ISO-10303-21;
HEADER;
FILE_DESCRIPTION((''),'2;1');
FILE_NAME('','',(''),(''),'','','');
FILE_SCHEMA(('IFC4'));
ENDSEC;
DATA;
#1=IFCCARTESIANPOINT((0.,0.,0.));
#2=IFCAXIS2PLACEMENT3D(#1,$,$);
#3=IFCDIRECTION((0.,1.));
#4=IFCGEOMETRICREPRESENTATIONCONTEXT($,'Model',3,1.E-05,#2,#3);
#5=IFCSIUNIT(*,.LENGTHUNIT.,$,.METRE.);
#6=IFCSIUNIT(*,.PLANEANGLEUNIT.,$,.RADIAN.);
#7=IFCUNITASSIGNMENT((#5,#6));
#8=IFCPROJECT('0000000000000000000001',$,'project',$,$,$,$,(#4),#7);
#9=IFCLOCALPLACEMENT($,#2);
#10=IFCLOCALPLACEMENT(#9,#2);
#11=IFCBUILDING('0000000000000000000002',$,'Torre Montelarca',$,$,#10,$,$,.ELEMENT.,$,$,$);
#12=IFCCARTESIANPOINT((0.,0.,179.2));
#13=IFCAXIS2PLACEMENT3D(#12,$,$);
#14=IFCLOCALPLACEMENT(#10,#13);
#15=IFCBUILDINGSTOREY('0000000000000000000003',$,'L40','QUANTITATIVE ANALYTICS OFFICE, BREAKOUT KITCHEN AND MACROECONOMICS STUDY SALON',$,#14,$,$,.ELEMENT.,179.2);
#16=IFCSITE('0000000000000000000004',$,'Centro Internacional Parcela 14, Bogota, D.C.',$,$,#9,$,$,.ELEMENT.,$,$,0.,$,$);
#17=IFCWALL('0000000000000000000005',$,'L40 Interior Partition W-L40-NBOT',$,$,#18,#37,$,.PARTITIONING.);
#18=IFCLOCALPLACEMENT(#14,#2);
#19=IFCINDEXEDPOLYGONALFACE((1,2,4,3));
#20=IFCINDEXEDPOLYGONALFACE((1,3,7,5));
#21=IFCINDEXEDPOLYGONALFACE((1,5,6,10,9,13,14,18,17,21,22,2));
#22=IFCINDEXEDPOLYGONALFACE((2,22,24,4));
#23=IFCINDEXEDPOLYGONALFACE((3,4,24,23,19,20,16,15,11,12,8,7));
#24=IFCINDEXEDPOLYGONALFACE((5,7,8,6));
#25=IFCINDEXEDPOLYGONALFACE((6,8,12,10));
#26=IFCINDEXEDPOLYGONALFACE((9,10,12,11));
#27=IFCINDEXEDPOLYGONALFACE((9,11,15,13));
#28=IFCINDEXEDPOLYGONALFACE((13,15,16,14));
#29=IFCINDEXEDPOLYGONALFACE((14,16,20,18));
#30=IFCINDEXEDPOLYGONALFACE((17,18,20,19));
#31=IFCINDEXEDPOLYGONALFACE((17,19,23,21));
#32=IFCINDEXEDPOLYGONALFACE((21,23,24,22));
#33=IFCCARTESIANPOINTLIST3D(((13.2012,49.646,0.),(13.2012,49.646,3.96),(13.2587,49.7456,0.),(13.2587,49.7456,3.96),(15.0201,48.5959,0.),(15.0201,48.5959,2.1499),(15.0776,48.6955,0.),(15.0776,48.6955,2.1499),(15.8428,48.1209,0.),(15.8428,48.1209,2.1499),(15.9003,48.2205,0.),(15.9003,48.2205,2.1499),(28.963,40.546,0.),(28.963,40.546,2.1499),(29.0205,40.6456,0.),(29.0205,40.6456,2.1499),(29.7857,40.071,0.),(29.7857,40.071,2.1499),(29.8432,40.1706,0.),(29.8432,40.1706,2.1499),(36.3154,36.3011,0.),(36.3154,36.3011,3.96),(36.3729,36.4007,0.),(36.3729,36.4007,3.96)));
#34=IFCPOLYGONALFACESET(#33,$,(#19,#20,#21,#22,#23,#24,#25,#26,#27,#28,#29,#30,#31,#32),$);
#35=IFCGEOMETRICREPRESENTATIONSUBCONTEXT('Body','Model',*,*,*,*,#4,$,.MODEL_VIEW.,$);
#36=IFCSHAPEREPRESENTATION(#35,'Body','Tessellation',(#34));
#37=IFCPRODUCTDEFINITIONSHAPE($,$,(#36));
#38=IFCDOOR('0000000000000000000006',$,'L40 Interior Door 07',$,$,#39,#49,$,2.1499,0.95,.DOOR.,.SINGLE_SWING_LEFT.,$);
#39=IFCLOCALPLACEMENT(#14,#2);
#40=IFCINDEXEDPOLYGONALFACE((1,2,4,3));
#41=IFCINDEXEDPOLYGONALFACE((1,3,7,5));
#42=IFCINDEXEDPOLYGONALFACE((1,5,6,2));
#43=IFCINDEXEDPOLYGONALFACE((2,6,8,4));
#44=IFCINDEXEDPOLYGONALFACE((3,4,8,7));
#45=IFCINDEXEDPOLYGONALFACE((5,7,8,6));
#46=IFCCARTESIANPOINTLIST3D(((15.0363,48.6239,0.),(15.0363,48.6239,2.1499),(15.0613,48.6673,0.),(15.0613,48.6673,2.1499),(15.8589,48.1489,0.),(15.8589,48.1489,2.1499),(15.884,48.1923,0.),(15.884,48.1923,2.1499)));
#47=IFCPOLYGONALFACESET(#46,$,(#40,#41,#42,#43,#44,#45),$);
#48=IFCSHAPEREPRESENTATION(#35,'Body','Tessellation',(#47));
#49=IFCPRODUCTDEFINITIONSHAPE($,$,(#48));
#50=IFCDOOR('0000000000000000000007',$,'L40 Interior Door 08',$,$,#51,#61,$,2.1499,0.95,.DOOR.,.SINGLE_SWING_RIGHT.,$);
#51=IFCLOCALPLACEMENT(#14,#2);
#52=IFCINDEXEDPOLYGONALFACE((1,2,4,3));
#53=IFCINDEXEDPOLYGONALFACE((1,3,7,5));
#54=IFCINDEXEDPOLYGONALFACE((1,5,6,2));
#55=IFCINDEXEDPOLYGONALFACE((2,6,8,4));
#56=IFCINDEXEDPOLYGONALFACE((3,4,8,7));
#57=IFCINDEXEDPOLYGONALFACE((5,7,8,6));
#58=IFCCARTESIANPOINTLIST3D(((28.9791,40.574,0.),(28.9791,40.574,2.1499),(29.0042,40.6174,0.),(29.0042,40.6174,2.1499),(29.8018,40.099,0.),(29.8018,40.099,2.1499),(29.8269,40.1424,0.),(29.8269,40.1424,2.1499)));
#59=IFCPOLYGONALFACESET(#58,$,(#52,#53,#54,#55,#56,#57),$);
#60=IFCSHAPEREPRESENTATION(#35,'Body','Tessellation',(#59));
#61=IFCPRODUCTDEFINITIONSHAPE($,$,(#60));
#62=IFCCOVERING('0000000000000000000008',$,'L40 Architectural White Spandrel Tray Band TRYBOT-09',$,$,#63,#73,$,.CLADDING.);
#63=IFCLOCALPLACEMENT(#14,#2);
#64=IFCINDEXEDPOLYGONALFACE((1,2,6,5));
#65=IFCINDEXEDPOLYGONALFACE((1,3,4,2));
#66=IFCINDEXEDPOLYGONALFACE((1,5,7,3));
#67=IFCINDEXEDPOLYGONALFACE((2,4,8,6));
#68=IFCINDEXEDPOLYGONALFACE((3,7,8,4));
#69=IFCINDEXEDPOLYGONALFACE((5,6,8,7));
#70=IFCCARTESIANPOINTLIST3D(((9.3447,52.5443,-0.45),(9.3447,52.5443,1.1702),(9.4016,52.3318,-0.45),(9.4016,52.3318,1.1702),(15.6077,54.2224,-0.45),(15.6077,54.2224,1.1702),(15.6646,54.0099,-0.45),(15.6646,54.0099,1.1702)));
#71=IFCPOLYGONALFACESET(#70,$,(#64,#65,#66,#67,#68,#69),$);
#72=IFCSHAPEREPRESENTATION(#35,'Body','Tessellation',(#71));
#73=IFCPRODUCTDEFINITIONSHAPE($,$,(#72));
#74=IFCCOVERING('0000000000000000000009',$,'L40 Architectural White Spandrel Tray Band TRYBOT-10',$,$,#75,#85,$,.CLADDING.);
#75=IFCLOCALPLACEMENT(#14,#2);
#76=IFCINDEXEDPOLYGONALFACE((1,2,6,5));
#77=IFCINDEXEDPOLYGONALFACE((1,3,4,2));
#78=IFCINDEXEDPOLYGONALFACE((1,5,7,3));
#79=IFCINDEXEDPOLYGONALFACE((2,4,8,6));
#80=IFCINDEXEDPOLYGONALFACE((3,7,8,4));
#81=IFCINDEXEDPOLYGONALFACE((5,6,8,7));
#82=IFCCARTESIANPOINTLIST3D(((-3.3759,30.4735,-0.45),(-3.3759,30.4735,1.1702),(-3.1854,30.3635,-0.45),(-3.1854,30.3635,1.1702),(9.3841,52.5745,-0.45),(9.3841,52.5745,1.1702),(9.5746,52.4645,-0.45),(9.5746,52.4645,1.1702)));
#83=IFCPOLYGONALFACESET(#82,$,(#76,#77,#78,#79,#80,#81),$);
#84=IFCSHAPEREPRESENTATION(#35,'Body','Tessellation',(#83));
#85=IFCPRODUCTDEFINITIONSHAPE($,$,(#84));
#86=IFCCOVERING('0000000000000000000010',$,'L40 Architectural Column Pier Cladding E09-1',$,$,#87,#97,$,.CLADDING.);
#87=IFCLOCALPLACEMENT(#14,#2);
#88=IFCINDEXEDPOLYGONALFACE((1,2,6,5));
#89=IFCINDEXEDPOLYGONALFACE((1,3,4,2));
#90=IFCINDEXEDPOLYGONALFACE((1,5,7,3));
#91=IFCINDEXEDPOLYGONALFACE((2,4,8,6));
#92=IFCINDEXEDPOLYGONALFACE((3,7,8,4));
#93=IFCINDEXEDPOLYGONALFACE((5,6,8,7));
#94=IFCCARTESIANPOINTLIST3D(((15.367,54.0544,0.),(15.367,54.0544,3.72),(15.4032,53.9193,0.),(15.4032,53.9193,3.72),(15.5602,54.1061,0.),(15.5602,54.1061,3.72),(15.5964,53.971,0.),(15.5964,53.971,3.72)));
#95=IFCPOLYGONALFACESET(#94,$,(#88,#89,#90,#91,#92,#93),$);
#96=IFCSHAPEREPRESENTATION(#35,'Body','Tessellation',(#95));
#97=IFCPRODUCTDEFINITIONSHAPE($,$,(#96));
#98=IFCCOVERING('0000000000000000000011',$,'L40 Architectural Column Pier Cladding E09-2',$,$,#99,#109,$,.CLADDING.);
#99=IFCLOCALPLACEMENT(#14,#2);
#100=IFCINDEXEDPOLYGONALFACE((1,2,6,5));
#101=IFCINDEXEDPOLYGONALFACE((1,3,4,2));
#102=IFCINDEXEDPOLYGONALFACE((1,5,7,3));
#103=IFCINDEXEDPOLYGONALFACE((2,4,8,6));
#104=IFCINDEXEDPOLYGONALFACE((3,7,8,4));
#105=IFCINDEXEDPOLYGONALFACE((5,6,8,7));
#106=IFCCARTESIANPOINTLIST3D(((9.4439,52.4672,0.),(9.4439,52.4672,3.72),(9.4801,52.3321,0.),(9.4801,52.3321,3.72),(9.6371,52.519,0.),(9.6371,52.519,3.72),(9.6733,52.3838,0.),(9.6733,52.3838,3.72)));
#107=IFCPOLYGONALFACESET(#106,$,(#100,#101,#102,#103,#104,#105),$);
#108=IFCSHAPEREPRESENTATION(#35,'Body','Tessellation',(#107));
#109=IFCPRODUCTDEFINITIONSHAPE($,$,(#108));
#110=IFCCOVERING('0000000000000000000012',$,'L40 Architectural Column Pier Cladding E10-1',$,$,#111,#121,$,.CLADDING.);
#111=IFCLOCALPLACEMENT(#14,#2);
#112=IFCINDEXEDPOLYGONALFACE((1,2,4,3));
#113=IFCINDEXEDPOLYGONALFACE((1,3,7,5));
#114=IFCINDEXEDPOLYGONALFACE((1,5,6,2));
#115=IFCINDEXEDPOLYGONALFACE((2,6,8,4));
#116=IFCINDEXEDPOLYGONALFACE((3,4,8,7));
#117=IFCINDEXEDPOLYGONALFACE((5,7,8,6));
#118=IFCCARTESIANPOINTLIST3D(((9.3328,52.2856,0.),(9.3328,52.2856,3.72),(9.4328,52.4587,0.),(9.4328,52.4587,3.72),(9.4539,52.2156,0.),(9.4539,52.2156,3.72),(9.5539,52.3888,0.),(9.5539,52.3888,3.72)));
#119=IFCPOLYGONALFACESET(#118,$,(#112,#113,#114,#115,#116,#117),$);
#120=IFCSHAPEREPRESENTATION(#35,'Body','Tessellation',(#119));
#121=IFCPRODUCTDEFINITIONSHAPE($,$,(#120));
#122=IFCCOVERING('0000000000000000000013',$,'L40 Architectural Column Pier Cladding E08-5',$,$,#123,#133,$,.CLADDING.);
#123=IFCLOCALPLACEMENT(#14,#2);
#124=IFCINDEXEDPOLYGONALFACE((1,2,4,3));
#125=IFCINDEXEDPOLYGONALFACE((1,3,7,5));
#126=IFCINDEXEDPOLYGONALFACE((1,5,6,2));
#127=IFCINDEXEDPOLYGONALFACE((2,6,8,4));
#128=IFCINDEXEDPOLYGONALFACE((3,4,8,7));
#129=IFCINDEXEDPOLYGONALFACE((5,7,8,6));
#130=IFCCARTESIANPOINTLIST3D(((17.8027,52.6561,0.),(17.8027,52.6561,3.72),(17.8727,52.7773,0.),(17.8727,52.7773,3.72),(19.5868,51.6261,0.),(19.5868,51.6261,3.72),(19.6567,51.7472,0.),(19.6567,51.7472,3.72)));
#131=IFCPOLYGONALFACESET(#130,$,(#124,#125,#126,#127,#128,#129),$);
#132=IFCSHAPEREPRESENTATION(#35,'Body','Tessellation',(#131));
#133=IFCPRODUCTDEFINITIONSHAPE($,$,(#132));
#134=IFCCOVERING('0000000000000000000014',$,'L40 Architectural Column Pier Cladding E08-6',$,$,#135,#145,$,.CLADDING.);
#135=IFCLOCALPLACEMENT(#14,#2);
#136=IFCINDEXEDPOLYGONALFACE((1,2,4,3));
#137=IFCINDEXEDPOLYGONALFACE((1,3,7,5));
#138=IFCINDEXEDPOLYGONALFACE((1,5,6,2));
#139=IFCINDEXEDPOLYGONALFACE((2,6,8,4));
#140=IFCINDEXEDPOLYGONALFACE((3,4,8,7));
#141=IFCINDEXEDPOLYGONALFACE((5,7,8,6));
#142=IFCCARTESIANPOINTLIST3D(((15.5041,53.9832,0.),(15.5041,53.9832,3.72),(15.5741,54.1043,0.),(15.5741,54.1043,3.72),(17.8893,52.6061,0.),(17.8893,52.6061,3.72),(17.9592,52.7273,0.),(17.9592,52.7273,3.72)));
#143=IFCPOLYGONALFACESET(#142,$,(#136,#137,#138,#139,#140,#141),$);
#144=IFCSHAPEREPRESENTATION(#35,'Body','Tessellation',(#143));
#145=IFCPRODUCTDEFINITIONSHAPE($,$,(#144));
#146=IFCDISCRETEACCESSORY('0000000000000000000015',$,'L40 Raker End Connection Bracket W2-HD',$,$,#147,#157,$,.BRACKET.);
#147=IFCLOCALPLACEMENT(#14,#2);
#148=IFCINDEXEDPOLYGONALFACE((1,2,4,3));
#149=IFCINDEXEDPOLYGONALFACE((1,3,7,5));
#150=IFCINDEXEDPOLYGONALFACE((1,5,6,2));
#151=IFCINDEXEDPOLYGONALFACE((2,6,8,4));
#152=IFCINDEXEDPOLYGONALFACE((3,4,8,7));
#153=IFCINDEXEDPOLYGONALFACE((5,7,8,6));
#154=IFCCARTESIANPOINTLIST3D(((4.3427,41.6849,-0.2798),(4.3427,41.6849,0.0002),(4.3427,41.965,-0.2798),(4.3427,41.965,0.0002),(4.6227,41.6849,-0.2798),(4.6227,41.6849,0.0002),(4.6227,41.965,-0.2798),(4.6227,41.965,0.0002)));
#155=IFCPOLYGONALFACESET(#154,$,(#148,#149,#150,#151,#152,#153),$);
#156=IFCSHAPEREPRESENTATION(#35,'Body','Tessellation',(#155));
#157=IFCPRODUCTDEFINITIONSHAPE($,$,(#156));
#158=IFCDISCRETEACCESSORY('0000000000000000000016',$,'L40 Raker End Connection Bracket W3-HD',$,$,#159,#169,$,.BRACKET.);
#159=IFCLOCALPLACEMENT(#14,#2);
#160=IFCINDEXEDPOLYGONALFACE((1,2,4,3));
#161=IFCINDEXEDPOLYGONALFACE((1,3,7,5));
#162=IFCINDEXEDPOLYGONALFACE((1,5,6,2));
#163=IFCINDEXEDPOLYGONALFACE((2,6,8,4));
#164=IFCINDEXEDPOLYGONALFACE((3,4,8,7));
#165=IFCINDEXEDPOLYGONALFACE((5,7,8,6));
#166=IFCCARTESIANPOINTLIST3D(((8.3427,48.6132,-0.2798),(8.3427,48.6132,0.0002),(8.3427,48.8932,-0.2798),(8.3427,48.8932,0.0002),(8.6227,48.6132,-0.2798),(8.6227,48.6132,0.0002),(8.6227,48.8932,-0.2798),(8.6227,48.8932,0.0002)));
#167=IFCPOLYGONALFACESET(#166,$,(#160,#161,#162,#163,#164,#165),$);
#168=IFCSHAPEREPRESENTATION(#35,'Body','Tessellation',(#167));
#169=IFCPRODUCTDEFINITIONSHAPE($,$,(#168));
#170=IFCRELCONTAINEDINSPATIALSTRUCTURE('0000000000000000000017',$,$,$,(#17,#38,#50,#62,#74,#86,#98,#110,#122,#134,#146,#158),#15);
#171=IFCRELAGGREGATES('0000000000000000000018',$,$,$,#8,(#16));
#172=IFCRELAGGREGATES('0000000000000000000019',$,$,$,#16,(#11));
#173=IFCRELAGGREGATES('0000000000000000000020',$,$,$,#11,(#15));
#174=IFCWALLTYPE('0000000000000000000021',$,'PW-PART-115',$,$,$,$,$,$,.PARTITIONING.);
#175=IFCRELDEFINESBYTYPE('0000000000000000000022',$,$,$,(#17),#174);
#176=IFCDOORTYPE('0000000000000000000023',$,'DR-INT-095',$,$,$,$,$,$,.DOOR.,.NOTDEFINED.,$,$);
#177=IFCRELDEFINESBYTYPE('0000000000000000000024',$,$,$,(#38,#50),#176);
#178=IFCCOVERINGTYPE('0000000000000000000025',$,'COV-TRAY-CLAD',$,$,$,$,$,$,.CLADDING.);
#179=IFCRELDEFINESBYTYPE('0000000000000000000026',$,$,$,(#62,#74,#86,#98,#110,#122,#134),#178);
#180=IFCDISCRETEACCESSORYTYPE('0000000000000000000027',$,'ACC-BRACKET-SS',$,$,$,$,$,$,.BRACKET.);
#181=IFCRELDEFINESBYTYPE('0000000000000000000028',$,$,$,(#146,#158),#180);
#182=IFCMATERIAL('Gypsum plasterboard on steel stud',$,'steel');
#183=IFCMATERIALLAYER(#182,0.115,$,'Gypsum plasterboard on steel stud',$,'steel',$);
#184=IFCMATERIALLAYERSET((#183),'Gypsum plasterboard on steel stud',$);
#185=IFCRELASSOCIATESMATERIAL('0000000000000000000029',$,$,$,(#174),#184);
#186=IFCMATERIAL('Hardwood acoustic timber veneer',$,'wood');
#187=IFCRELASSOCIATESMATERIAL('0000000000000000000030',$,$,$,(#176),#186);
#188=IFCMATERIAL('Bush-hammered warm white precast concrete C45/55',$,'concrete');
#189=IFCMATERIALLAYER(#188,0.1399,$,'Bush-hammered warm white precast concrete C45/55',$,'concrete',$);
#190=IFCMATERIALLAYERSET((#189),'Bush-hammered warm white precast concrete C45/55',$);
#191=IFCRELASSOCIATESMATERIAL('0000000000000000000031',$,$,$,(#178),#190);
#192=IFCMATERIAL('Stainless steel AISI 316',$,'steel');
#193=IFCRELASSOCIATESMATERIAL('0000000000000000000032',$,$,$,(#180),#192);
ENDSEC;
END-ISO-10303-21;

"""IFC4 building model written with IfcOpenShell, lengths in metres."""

from ifc_helpers import new_model, si_unit, direction, frame, frame_2d, origin, origin_2d, place, context, subcontext, project, spatial, rectangle, extrude, source, transform, mapped, material, layer, layer_set, type_object, element, fill, save


model = new_model("IFC4")

# Units and contexts
model_context = context("Model", 3, precision=1e-05, world=origin(), true_north=direction((0.0, 1.0)))
body_context = subcontext(model_context, "Body", "Model", "MODEL_VIEW")
ifc_project = project(units=[si_unit("LENGTHUNIT", "METRE"), si_unit("PLANEANGLEUNIT", "RADIAN")], contexts=[model_context])

# Site, building, storey
site_placement = place(None, origin())
site = spatial("IfcSite", under=ifc_project, at=site_placement, Name="Centro Internacional Parcela 14, Bogota, D.C.", CompositionType="ELEMENT", RefElevation=0.0)
building_placement = place(site_placement, origin())
building = spatial("IfcBuilding", under=site, at=building_placement, Name="Torre Montelarca", CompositionType="ELEMENT")
storey_placement = place(building_placement, frame((0.0, 0.0, 179.2)))
storey = spatial("IfcBuildingStorey", under=building, at=storey_placement, Name="L40", Description="QUANTITATIVE ANALYTICS OFFICE, BREAKOUT KITCHEN AND MACROECONOMICS STUDY SALON", CompositionType="ELEMENT", Elevation=179.2)

# Wall, openings, doors
ifc_material_1 = material(Name="Gypsum plasterboard on steel stud", Category="steel")
ifc_layer_1 = layer(ifc_material_1, 0.115, Name="Gypsum plasterboard on steel stud", Category="steel")
ifc_layer_set_1 = layer_set([ifc_layer_1], Name="Gypsum plasterboard on steel stud")
wall_type_1 = type_object("IfcWallType", Name="PW-PART-115", PredefinedType="PARTITIONING", material=ifc_layer_set_1)
wall_1_placement = place(storey_placement, frame((13.23, 49.6958, 0.0), z_axis=(0.0, 0.0, 1.0), x_axis=(0.866026, -0.499999, 0.0)))
wall_1 = element("IfcWall", 1, at=wall_1_placement, inside=storey, type_object=wall_type_1, Name="L40 Interior Partition W-L40-NBOT", PredefinedType="PARTITIONING", context=body_context, shape_type="SweptSolid", body=[
    extrude(rectangle(XDim=26.6899, YDim=0.115, at=frame_2d((13.345, 0.0))), origin(), (0.0, 0.0, 1.0), 3.96),
])
opening_1_placement = place(wall_1_placement, frame((2.1001, 0.0, 0.0)))
opening_1 = element("IfcOpeningElement", 2, at=opening_1_placement, cuts=wall_1, PredefinedType="OPENING", context=body_context, shape_type="SweptSolid", body=[
    extrude(rectangle(XDim=0.95, YDim=2.1499, at=frame_2d((0.4751, 1.075))), frame((0.0, 0.0674, 0.0), z_axis=(0.0, -1.0, 0.0), x_axis=(1.0, 0.0, 0.0)), (0.0, 0.0, 1.0), 0.135),
])
opening_2_placement = place(wall_1_placement, frame((18.2, 0.0, 0.0)))
opening_2 = element("IfcOpeningElement", 3, at=opening_2_placement, cuts=wall_1, PredefinedType="OPENING", context=body_context, shape_type="SweptSolid", body=[
    extrude(rectangle(XDim=0.95, YDim=2.1499, at=frame_2d((0.4751, 1.075))), frame((0.0, 0.0674, 0.0), z_axis=(0.0, -1.0, 0.0), x_axis=(1.0, 0.0, 0.0)), (0.0, 0.0, 1.0), 0.135),
])
ifc_material_2 = material(Name="Hardwood acoustic timber veneer", Category="wood")
door_type = type_object("IfcDoorType", Name="DR-INT-095", OperationType="NOTDEFINED", PredefinedType="DOOR", material=ifc_material_2)
shared_shape_1 = source(origin(), body_context, "Body", "SweptSolid", [
    extrude(rectangle(XDim=0.95, YDim=2.1499, at=frame_2d((0.4751, 1.075))), frame((0.0, 0.0249, 0.0), z_axis=(0.0, -1.0, 0.0), x_axis=(1.0, 0.0, 0.0)), (0.0, 0.0, 1.0), 0.05),
])
door_1_placement = place(opening_1_placement, origin())
door_1 = element("IfcDoor", 4, at=door_1_placement, inside=storey, type_object=door_type, Name="L40 Interior Door 07", OperationType="SINGLE_SWING_LEFT", OverallHeight=2.1499, OverallWidth=0.95, PredefinedType="DOOR", context=body_context, shape_type="MappedRepresentation", body=[
    mapped(shared_shape_1, transform((0.0, 0.0, 0.0), scale=1.0)),
])
fill(opening_1, door_1)
door_2_placement = place(opening_2_placement, origin())
door_2 = element("IfcDoor", 5, at=door_2_placement, inside=storey, type_object=door_type, Name="L40 Interior Door 08", OperationType="SINGLE_SWING_RIGHT", OverallHeight=2.1499, OverallWidth=0.95, PredefinedType="DOOR", context=body_context, shape_type="MappedRepresentation", body=[
    mapped(shared_shape_1, transform((0.0, 0.0, 0.0), scale=1.0)),
])
fill(opening_2, door_2)

# Coverings
ifc_material_3 = material(Name="Bush-hammered warm white precast concrete C45/55", Category="concrete")
ifc_layer_2 = layer(ifc_material_3, 0.1399, Name="Bush-hammered warm white precast concrete C45/55", Category="concrete")
ifc_layer_set_2 = layer_set([ifc_layer_2], Name="Bush-hammered warm white precast concrete C45/55")
covering_type = type_object("IfcCoveringType", Name="COV-TRAY-CLAD", PredefinedType="CLADDING", material=ifc_layer_set_2)
shared_shape_2 = source(origin(), body_context, "Body", "SweptSolid", [
    extrude(rectangle(XDim=6.4839, YDim=0.22, at=origin_2d()), origin(), (0.0, 0.0, 1.0), 1.6201),
])
covering_1_placement = place(storey_placement, frame((12.5046, 53.2771, -0.45), z_axis=(0.0, 0.0, 1.0), x_axis=(-0.965926, -0.258817, 0.0)))
element("IfcCovering", 6, at=covering_1_placement, inside=storey, type_object=covering_type, Name="L40 Architectural White Spandrel Tray Band TRYBOT-09", PredefinedType="CLADDING", context=body_context, shape_type="MappedRepresentation", body=[
    mapped(shared_shape_2, transform((0.0, 0.0, 0.0), scale=1.0)),
])
shared_shape_3 = source(origin(), body_context, "Body", "SweptSolid", [
    extrude(rectangle(XDim=25.52, YDim=0.22, at=origin_2d()), origin(), (0.0, 0.0, 1.0), 1.6201),
])
covering_2_placement = place(storey_placement, frame((3.0994, 41.469, -0.45), z_axis=(0.0, 0.0, 1.0), x_axis=(-0.500002, -0.866025, 0.0)))
element("IfcCovering", 7, at=covering_2_placement, inside=storey, type_object=covering_type, Name="L40 Architectural White Spandrel Tray Band TRYBOT-10", PredefinedType="CLADDING", context=body_context, shape_type="MappedRepresentation", body=[
    mapped(shared_shape_3, transform((0.0, 0.0, 0.0), scale=1.0)),
])
shared_shape_4 = source(origin(), body_context, "Body", "SweptSolid", [
    extrude(rectangle(XDim=0.2, YDim=0.1399, at=origin_2d()), origin(), (0.0, 0.0, 1.0), 3.72),
])
for number, where, z_axis, x_axis, name in (
    (8, (15.4817, 54.0127, 0.0), (0.0, 0.0, 1.0), (-0.965926, -0.258819, 0.0), "L40 Architectural Column Pier Cladding E09-1"),
    (9, (9.5586, 52.4255, 0.0), (0.0, 0.0, 1.0), (-0.965926, -0.258819, 0.0), "L40 Architectural Column Pier Cladding E09-2"),
    (10, (9.4434, 52.3372, 0.0), (0.0, 0.0, 1.0), (-0.500002, -0.866025, 0.0), "L40 Architectural Column Pier Cladding E10-1"),
):
    element("IfcCovering", number, at=place(storey_placement, frame(where, z_axis=z_axis, x_axis=x_axis)), inside=storey, type_object=covering_type, Name=name, PredefinedType="CLADDING", context=body_context, shape_type="MappedRepresentation", body=[
        mapped(shared_shape_4, transform((0.0, 0.0, 0.0), scale=1.0)),
    ])
shared_shape_5 = source(origin(), body_context, "Body", "SweptSolid", [
    extrude(rectangle(XDim=2.0601, YDim=0.1399, at=origin_2d()), origin(), (0.0, 0.0, 1.0), 3.72),
])
covering_3_placement = place(storey_placement, frame((18.7297, 52.2017, 0.0), z_axis=(0.0, 0.0, 1.0), x_axis=(-0.866025, 0.5, 0.0)))
element("IfcCovering", 11, at=covering_3_placement, inside=storey, type_object=covering_type, Name="L40 Architectural Column Pier Cladding E08-5", PredefinedType="CLADDING", context=body_context, shape_type="MappedRepresentation", body=[
    mapped(shared_shape_5, transform((0.0, 0.0, 0.0), scale=1.0)),
])
shared_shape_6 = source(origin(), body_context, "Body", "SweptSolid", [
    extrude(rectangle(XDim=2.7542, YDim=0.1399, at=origin_2d()), origin(), (0.0, 0.0, 1.0), 3.72),
])
covering_4_placement = place(storey_placement, frame((16.7317, 53.3552, 0.0), z_axis=(0.0, 0.0, 1.0), x_axis=(-0.866025, 0.5, 0.0)))
element("IfcCovering", 12, at=covering_4_placement, inside=storey, type_object=covering_type, Name="L40 Architectural Column Pier Cladding E08-6", PredefinedType="CLADDING", context=body_context, shape_type="MappedRepresentation", body=[
    mapped(shared_shape_6, transform((0.0, 0.0, 0.0), scale=1.0)),
])

# Discrete accessories
ifc_material_4 = material(Name="Stainless steel AISI 316", Category="steel")
discrete_accessory_type = type_object("IfcDiscreteAccessoryType", Name="ACC-BRACKET-SS", PredefinedType="BRACKET", material=ifc_material_4)
shared_shape_7 = source(origin(), body_context, "Body", "SweptSolid", [
    extrude(rectangle(XDim=0.28, YDim=0.28, at=origin_2d()), origin(), (0.0, 0.0, 1.0), 0.28),
])
for number, where, z_axis, x_axis, name in (
    (13, (4.4827, 41.825, -0.2798), (0.0, 0.0, 1.0), (1.0, 0.0, 0.0), "L40 Raker End Connection Bracket W2-HD"),
    (14, (8.4827, 48.7532, -0.2798), (0.0, 0.0, 1.0), (1.0, 0.0, 0.0), "L40 Raker End Connection Bracket W3-HD"),
):
    element("IfcDiscreteAccessory", number, at=place(storey_placement, frame(where, z_axis=z_axis, x_axis=x_axis)), inside=storey, type_object=discrete_accessory_type, Name=name, PredefinedType="BRACKET", context=body_context, shape_type="MappedRepresentation", body=[
        mapped(shared_shape_7, transform((0.0, 0.0, 0.0), scale=1.0)),
    ])

save(model, "model.ifc")
